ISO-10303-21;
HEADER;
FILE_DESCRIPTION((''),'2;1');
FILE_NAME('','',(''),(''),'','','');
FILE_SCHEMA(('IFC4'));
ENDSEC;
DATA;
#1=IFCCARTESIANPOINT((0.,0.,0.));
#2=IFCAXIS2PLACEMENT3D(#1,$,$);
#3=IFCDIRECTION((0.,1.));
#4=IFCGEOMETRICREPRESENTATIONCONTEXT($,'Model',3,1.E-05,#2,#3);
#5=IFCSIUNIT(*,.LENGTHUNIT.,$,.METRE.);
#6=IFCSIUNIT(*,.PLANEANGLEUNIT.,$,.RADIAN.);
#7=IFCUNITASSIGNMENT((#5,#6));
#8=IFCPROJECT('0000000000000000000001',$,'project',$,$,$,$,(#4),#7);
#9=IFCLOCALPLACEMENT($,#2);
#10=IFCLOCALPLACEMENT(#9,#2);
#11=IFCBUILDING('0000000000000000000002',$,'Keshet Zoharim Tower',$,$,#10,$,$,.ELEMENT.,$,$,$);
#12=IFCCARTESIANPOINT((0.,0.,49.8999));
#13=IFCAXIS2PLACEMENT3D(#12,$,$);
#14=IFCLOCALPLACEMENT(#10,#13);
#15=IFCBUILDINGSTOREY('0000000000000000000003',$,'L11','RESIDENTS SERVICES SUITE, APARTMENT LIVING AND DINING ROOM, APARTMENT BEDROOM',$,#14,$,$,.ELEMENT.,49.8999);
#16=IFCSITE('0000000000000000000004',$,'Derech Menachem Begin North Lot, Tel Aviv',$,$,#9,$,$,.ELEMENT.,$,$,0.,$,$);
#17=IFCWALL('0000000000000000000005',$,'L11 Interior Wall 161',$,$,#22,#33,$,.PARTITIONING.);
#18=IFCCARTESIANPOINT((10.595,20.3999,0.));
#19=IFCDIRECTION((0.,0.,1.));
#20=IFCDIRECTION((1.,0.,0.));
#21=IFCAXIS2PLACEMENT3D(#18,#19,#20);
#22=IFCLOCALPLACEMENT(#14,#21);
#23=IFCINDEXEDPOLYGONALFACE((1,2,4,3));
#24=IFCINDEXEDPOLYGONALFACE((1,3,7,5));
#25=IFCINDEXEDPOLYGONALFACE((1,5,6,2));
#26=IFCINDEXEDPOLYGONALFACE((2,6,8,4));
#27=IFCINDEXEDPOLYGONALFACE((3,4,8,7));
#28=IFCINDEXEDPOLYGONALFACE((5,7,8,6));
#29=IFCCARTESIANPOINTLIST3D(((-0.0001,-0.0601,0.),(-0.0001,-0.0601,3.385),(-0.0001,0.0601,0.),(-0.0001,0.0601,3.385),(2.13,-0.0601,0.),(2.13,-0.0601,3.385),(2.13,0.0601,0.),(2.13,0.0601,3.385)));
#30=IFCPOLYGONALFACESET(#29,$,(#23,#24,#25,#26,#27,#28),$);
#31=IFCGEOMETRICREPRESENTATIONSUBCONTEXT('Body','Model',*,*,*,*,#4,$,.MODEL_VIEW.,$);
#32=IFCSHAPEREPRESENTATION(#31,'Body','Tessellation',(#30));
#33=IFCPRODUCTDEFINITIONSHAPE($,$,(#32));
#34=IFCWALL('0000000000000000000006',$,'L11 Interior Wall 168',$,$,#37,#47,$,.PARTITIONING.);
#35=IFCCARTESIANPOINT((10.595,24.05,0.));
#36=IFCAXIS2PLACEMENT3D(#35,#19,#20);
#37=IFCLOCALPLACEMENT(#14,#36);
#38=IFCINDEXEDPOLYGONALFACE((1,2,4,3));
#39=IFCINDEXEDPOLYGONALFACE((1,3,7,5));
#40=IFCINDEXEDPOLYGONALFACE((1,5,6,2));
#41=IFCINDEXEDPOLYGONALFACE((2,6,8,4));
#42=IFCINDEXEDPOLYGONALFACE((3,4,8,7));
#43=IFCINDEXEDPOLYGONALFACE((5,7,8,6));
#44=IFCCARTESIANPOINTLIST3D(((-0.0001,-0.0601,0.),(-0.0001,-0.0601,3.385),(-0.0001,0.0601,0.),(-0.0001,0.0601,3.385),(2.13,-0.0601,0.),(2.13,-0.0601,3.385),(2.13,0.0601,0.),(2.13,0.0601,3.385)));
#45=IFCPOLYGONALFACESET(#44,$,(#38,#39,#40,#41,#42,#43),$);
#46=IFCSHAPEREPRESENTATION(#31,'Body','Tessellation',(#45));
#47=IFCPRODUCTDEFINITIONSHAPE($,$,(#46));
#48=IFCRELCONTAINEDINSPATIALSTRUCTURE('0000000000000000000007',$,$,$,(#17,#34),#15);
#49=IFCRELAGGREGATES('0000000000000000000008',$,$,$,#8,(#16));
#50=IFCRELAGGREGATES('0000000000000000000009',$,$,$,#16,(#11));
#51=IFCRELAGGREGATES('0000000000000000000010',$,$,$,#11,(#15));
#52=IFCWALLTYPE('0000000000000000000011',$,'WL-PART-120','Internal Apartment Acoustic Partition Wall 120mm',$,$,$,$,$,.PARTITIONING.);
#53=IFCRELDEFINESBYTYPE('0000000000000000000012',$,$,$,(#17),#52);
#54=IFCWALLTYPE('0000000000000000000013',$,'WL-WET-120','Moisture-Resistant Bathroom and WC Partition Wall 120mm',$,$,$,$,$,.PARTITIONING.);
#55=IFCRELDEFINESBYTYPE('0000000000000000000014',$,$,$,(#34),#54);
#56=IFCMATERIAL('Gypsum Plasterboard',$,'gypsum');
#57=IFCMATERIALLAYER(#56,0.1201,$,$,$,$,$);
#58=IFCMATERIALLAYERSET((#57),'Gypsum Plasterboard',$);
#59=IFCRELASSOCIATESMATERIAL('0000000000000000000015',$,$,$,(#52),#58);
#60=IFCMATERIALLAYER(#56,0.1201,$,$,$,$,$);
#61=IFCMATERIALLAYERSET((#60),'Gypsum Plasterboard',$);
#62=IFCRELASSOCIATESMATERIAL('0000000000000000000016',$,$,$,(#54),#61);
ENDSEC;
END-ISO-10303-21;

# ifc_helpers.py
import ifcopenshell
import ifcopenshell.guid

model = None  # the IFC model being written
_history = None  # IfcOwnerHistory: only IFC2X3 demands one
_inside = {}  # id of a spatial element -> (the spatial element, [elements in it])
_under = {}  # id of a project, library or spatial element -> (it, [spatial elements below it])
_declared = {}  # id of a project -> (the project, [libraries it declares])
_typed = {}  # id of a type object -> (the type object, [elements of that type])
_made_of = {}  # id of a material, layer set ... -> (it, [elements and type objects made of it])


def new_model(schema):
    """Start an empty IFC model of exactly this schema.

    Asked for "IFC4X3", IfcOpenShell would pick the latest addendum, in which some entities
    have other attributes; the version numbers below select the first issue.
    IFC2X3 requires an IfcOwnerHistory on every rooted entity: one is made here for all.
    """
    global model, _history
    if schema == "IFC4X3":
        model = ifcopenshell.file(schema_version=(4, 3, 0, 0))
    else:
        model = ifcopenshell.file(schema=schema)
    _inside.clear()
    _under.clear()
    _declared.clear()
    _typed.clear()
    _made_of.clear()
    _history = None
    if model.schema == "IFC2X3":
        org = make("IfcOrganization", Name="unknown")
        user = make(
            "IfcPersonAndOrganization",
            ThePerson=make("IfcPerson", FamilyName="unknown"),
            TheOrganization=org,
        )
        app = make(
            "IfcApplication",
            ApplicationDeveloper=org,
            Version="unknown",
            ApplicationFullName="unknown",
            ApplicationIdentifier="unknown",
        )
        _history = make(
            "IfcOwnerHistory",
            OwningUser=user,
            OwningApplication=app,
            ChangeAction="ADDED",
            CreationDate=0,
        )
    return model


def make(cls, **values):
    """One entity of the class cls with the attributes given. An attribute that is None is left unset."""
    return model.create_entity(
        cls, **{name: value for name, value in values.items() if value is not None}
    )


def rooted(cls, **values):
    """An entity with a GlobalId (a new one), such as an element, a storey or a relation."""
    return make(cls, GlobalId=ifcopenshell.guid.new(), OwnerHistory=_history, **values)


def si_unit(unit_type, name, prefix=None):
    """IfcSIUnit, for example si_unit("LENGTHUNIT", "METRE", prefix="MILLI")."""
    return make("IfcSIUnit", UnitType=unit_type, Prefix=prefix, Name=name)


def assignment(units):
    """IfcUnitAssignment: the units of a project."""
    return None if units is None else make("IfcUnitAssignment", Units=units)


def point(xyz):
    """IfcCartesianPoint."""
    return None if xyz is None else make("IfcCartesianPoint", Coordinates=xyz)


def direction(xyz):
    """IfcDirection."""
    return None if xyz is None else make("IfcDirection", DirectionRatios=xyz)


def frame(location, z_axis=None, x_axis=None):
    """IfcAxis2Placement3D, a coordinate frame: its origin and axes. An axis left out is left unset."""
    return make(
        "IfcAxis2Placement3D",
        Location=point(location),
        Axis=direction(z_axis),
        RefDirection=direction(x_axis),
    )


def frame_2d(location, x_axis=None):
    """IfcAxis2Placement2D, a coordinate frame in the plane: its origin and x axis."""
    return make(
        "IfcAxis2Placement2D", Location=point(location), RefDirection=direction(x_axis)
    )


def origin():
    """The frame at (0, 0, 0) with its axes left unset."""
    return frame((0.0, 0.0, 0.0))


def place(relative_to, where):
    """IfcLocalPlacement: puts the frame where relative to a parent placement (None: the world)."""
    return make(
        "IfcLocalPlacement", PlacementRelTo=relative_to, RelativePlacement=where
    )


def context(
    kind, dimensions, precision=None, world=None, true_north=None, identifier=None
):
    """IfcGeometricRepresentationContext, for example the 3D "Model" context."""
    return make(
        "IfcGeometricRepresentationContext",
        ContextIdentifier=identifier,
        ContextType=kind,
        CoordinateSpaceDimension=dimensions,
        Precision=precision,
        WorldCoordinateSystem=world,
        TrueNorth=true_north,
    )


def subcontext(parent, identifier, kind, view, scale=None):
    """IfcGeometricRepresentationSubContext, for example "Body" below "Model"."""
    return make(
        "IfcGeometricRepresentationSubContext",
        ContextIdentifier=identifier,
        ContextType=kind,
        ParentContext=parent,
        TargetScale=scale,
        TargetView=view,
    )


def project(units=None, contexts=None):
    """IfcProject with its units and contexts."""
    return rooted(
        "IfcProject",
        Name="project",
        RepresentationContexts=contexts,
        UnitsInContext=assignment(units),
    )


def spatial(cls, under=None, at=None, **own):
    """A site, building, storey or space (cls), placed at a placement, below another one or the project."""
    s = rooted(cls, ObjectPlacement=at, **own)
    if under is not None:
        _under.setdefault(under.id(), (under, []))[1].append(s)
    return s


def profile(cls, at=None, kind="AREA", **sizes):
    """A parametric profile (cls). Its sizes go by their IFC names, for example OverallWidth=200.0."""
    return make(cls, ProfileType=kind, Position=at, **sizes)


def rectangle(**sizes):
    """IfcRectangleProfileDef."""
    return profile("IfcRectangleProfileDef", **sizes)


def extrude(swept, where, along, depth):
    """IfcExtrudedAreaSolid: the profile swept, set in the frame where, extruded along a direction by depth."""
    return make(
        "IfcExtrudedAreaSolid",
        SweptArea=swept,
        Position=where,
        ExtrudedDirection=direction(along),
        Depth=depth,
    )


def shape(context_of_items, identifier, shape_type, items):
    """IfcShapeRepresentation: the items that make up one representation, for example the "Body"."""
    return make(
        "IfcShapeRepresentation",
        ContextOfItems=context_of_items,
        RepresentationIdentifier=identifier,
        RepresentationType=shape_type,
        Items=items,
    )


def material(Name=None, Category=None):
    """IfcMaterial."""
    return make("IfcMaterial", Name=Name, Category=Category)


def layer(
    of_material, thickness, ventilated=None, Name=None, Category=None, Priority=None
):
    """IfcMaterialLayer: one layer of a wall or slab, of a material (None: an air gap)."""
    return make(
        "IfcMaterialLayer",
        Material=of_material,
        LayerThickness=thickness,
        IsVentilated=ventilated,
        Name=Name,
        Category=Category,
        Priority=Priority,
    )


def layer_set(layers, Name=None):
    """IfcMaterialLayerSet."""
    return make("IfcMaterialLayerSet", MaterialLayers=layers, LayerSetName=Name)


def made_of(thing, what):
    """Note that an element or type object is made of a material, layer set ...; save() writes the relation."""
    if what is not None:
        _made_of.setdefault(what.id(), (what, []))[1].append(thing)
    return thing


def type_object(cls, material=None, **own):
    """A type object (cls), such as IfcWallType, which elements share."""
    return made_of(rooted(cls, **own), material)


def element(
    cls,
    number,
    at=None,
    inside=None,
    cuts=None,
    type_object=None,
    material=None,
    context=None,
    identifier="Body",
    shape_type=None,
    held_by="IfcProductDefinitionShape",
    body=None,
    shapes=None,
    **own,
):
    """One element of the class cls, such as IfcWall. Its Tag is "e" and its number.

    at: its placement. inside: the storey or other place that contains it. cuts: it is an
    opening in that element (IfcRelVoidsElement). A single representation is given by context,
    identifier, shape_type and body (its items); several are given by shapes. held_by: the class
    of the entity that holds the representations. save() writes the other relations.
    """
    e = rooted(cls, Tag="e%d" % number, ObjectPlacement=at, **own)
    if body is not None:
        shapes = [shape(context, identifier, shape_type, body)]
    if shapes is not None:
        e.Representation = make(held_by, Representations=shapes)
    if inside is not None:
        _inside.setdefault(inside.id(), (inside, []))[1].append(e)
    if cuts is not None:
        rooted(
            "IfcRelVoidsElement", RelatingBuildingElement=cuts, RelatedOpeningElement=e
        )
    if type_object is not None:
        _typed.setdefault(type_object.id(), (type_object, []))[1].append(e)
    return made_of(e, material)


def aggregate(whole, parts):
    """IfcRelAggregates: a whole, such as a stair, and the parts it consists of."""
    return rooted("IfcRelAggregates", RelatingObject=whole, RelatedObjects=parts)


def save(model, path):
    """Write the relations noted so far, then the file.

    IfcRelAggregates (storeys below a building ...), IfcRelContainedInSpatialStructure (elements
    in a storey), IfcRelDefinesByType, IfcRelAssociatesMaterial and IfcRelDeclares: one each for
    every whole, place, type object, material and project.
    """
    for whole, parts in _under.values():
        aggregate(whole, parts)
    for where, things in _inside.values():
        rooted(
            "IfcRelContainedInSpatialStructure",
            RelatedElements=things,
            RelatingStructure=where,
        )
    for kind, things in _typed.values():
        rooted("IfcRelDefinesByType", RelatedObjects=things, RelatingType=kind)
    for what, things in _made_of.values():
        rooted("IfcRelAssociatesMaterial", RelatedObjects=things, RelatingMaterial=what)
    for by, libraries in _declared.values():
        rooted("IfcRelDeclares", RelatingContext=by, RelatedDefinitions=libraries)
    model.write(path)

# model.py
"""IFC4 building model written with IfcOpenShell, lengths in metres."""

from ifc_helpers import new_model, si_unit, direction, frame, frame_2d, origin, place, context, subcontext, project, spatial, rectangle, extrude, material, layer, layer_set, type_object, element, save


model = new_model("IFC4")

# Units and contexts
model_context = context("Model", 3, precision=1e-05, world=origin(), true_north=direction((0.0, 1.0)))
body_context = subcontext(model_context, "Body", "Model", "MODEL_VIEW")
ifc_project = project(units=[si_unit("LENGTHUNIT", "METRE"), si_unit("PLANEANGLEUNIT", "RADIAN")], contexts=[model_context])

# Site, building, storey
site_placement = place(None, origin())
site = spatial("IfcSite", under=ifc_project, at=site_placement, Name="Derech Menachem Begin North Lot, Tel Aviv", CompositionType="ELEMENT", RefElevation=0.0)
building_placement = place(site_placement, origin())
building = spatial("IfcBuilding", under=site, at=building_placement, Name="Keshet Zoharim Tower", CompositionType="ELEMENT")
storey_placement = place(building_placement, frame((0.0, 0.0, 49.8999)))
storey = spatial("IfcBuildingStorey", under=building, at=storey_placement, Name="L11", Description="RESIDENTS SERVICES SUITE, APARTMENT LIVING AND DINING ROOM, APARTMENT BEDROOM", CompositionType="ELEMENT", Elevation=49.8999)

# Shared definitions
ifc_material_1 = material(Name="Gypsum Plasterboard", Category="gypsum")

# Shared definitions
ifc_layer_1 = layer(ifc_material_1, 0.1201)
ifc_layer_set_1 = layer_set([ifc_layer_1], Name="Gypsum Plasterboard")
wall_type_1 = type_object("IfcWallType", Name="WL-PART-120", Description="Internal Apartment Acoustic Partition Wall 120mm", PredefinedType="PARTITIONING", material=ifc_layer_set_1)

# Wall
wall_1_placement = place(storey_placement, frame((10.595, 20.3999, 0.0), z_axis=(0.0, 0.0, 1.0), x_axis=(1.0, 0.0, 0.0)))
element("IfcWall", 1, at=wall_1_placement, inside=storey, type_object=wall_type_1, Name="L11 Interior Wall 161", PredefinedType="PARTITIONING", context=body_context, shape_type="SweptSolid", body=[
    extrude(rectangle(XDim=2.1301, YDim=0.1201, at=frame_2d((1.0649, 0.0))), origin(), (0.0, 0.0, 1.0), 3.385),
])

# Shared definitions
ifc_layer_2 = layer(ifc_material_1, 0.1201)
ifc_layer_set_2 = layer_set([ifc_layer_2], Name="Gypsum Plasterboard")
wall_type_2 = type_object("IfcWallType", Name="WL-WET-120", Description="Moisture-Resistant Bathroom and WC Partition Wall 120mm", PredefinedType="PARTITIONING", material=ifc_layer_set_2)

# Wall
wall_2_placement = place(storey_placement, frame((10.595, 24.05, 0.0), z_axis=(0.0, 0.0, 1.0), x_axis=(1.0, 0.0, 0.0)))
element("IfcWall", 2, at=wall_2_placement, inside=storey, type_object=wall_type_2, Name="L11 Interior Wall 168", PredefinedType="PARTITIONING", context=body_context, shape_type="SweptSolid", body=[
    extrude(rectangle(XDim=2.1301, YDim=0.1201, at=frame_2d((1.0649, 0.0))), origin(), (0.0, 0.0, 1.0), 3.385),
])

save(model, "model.ifc")
